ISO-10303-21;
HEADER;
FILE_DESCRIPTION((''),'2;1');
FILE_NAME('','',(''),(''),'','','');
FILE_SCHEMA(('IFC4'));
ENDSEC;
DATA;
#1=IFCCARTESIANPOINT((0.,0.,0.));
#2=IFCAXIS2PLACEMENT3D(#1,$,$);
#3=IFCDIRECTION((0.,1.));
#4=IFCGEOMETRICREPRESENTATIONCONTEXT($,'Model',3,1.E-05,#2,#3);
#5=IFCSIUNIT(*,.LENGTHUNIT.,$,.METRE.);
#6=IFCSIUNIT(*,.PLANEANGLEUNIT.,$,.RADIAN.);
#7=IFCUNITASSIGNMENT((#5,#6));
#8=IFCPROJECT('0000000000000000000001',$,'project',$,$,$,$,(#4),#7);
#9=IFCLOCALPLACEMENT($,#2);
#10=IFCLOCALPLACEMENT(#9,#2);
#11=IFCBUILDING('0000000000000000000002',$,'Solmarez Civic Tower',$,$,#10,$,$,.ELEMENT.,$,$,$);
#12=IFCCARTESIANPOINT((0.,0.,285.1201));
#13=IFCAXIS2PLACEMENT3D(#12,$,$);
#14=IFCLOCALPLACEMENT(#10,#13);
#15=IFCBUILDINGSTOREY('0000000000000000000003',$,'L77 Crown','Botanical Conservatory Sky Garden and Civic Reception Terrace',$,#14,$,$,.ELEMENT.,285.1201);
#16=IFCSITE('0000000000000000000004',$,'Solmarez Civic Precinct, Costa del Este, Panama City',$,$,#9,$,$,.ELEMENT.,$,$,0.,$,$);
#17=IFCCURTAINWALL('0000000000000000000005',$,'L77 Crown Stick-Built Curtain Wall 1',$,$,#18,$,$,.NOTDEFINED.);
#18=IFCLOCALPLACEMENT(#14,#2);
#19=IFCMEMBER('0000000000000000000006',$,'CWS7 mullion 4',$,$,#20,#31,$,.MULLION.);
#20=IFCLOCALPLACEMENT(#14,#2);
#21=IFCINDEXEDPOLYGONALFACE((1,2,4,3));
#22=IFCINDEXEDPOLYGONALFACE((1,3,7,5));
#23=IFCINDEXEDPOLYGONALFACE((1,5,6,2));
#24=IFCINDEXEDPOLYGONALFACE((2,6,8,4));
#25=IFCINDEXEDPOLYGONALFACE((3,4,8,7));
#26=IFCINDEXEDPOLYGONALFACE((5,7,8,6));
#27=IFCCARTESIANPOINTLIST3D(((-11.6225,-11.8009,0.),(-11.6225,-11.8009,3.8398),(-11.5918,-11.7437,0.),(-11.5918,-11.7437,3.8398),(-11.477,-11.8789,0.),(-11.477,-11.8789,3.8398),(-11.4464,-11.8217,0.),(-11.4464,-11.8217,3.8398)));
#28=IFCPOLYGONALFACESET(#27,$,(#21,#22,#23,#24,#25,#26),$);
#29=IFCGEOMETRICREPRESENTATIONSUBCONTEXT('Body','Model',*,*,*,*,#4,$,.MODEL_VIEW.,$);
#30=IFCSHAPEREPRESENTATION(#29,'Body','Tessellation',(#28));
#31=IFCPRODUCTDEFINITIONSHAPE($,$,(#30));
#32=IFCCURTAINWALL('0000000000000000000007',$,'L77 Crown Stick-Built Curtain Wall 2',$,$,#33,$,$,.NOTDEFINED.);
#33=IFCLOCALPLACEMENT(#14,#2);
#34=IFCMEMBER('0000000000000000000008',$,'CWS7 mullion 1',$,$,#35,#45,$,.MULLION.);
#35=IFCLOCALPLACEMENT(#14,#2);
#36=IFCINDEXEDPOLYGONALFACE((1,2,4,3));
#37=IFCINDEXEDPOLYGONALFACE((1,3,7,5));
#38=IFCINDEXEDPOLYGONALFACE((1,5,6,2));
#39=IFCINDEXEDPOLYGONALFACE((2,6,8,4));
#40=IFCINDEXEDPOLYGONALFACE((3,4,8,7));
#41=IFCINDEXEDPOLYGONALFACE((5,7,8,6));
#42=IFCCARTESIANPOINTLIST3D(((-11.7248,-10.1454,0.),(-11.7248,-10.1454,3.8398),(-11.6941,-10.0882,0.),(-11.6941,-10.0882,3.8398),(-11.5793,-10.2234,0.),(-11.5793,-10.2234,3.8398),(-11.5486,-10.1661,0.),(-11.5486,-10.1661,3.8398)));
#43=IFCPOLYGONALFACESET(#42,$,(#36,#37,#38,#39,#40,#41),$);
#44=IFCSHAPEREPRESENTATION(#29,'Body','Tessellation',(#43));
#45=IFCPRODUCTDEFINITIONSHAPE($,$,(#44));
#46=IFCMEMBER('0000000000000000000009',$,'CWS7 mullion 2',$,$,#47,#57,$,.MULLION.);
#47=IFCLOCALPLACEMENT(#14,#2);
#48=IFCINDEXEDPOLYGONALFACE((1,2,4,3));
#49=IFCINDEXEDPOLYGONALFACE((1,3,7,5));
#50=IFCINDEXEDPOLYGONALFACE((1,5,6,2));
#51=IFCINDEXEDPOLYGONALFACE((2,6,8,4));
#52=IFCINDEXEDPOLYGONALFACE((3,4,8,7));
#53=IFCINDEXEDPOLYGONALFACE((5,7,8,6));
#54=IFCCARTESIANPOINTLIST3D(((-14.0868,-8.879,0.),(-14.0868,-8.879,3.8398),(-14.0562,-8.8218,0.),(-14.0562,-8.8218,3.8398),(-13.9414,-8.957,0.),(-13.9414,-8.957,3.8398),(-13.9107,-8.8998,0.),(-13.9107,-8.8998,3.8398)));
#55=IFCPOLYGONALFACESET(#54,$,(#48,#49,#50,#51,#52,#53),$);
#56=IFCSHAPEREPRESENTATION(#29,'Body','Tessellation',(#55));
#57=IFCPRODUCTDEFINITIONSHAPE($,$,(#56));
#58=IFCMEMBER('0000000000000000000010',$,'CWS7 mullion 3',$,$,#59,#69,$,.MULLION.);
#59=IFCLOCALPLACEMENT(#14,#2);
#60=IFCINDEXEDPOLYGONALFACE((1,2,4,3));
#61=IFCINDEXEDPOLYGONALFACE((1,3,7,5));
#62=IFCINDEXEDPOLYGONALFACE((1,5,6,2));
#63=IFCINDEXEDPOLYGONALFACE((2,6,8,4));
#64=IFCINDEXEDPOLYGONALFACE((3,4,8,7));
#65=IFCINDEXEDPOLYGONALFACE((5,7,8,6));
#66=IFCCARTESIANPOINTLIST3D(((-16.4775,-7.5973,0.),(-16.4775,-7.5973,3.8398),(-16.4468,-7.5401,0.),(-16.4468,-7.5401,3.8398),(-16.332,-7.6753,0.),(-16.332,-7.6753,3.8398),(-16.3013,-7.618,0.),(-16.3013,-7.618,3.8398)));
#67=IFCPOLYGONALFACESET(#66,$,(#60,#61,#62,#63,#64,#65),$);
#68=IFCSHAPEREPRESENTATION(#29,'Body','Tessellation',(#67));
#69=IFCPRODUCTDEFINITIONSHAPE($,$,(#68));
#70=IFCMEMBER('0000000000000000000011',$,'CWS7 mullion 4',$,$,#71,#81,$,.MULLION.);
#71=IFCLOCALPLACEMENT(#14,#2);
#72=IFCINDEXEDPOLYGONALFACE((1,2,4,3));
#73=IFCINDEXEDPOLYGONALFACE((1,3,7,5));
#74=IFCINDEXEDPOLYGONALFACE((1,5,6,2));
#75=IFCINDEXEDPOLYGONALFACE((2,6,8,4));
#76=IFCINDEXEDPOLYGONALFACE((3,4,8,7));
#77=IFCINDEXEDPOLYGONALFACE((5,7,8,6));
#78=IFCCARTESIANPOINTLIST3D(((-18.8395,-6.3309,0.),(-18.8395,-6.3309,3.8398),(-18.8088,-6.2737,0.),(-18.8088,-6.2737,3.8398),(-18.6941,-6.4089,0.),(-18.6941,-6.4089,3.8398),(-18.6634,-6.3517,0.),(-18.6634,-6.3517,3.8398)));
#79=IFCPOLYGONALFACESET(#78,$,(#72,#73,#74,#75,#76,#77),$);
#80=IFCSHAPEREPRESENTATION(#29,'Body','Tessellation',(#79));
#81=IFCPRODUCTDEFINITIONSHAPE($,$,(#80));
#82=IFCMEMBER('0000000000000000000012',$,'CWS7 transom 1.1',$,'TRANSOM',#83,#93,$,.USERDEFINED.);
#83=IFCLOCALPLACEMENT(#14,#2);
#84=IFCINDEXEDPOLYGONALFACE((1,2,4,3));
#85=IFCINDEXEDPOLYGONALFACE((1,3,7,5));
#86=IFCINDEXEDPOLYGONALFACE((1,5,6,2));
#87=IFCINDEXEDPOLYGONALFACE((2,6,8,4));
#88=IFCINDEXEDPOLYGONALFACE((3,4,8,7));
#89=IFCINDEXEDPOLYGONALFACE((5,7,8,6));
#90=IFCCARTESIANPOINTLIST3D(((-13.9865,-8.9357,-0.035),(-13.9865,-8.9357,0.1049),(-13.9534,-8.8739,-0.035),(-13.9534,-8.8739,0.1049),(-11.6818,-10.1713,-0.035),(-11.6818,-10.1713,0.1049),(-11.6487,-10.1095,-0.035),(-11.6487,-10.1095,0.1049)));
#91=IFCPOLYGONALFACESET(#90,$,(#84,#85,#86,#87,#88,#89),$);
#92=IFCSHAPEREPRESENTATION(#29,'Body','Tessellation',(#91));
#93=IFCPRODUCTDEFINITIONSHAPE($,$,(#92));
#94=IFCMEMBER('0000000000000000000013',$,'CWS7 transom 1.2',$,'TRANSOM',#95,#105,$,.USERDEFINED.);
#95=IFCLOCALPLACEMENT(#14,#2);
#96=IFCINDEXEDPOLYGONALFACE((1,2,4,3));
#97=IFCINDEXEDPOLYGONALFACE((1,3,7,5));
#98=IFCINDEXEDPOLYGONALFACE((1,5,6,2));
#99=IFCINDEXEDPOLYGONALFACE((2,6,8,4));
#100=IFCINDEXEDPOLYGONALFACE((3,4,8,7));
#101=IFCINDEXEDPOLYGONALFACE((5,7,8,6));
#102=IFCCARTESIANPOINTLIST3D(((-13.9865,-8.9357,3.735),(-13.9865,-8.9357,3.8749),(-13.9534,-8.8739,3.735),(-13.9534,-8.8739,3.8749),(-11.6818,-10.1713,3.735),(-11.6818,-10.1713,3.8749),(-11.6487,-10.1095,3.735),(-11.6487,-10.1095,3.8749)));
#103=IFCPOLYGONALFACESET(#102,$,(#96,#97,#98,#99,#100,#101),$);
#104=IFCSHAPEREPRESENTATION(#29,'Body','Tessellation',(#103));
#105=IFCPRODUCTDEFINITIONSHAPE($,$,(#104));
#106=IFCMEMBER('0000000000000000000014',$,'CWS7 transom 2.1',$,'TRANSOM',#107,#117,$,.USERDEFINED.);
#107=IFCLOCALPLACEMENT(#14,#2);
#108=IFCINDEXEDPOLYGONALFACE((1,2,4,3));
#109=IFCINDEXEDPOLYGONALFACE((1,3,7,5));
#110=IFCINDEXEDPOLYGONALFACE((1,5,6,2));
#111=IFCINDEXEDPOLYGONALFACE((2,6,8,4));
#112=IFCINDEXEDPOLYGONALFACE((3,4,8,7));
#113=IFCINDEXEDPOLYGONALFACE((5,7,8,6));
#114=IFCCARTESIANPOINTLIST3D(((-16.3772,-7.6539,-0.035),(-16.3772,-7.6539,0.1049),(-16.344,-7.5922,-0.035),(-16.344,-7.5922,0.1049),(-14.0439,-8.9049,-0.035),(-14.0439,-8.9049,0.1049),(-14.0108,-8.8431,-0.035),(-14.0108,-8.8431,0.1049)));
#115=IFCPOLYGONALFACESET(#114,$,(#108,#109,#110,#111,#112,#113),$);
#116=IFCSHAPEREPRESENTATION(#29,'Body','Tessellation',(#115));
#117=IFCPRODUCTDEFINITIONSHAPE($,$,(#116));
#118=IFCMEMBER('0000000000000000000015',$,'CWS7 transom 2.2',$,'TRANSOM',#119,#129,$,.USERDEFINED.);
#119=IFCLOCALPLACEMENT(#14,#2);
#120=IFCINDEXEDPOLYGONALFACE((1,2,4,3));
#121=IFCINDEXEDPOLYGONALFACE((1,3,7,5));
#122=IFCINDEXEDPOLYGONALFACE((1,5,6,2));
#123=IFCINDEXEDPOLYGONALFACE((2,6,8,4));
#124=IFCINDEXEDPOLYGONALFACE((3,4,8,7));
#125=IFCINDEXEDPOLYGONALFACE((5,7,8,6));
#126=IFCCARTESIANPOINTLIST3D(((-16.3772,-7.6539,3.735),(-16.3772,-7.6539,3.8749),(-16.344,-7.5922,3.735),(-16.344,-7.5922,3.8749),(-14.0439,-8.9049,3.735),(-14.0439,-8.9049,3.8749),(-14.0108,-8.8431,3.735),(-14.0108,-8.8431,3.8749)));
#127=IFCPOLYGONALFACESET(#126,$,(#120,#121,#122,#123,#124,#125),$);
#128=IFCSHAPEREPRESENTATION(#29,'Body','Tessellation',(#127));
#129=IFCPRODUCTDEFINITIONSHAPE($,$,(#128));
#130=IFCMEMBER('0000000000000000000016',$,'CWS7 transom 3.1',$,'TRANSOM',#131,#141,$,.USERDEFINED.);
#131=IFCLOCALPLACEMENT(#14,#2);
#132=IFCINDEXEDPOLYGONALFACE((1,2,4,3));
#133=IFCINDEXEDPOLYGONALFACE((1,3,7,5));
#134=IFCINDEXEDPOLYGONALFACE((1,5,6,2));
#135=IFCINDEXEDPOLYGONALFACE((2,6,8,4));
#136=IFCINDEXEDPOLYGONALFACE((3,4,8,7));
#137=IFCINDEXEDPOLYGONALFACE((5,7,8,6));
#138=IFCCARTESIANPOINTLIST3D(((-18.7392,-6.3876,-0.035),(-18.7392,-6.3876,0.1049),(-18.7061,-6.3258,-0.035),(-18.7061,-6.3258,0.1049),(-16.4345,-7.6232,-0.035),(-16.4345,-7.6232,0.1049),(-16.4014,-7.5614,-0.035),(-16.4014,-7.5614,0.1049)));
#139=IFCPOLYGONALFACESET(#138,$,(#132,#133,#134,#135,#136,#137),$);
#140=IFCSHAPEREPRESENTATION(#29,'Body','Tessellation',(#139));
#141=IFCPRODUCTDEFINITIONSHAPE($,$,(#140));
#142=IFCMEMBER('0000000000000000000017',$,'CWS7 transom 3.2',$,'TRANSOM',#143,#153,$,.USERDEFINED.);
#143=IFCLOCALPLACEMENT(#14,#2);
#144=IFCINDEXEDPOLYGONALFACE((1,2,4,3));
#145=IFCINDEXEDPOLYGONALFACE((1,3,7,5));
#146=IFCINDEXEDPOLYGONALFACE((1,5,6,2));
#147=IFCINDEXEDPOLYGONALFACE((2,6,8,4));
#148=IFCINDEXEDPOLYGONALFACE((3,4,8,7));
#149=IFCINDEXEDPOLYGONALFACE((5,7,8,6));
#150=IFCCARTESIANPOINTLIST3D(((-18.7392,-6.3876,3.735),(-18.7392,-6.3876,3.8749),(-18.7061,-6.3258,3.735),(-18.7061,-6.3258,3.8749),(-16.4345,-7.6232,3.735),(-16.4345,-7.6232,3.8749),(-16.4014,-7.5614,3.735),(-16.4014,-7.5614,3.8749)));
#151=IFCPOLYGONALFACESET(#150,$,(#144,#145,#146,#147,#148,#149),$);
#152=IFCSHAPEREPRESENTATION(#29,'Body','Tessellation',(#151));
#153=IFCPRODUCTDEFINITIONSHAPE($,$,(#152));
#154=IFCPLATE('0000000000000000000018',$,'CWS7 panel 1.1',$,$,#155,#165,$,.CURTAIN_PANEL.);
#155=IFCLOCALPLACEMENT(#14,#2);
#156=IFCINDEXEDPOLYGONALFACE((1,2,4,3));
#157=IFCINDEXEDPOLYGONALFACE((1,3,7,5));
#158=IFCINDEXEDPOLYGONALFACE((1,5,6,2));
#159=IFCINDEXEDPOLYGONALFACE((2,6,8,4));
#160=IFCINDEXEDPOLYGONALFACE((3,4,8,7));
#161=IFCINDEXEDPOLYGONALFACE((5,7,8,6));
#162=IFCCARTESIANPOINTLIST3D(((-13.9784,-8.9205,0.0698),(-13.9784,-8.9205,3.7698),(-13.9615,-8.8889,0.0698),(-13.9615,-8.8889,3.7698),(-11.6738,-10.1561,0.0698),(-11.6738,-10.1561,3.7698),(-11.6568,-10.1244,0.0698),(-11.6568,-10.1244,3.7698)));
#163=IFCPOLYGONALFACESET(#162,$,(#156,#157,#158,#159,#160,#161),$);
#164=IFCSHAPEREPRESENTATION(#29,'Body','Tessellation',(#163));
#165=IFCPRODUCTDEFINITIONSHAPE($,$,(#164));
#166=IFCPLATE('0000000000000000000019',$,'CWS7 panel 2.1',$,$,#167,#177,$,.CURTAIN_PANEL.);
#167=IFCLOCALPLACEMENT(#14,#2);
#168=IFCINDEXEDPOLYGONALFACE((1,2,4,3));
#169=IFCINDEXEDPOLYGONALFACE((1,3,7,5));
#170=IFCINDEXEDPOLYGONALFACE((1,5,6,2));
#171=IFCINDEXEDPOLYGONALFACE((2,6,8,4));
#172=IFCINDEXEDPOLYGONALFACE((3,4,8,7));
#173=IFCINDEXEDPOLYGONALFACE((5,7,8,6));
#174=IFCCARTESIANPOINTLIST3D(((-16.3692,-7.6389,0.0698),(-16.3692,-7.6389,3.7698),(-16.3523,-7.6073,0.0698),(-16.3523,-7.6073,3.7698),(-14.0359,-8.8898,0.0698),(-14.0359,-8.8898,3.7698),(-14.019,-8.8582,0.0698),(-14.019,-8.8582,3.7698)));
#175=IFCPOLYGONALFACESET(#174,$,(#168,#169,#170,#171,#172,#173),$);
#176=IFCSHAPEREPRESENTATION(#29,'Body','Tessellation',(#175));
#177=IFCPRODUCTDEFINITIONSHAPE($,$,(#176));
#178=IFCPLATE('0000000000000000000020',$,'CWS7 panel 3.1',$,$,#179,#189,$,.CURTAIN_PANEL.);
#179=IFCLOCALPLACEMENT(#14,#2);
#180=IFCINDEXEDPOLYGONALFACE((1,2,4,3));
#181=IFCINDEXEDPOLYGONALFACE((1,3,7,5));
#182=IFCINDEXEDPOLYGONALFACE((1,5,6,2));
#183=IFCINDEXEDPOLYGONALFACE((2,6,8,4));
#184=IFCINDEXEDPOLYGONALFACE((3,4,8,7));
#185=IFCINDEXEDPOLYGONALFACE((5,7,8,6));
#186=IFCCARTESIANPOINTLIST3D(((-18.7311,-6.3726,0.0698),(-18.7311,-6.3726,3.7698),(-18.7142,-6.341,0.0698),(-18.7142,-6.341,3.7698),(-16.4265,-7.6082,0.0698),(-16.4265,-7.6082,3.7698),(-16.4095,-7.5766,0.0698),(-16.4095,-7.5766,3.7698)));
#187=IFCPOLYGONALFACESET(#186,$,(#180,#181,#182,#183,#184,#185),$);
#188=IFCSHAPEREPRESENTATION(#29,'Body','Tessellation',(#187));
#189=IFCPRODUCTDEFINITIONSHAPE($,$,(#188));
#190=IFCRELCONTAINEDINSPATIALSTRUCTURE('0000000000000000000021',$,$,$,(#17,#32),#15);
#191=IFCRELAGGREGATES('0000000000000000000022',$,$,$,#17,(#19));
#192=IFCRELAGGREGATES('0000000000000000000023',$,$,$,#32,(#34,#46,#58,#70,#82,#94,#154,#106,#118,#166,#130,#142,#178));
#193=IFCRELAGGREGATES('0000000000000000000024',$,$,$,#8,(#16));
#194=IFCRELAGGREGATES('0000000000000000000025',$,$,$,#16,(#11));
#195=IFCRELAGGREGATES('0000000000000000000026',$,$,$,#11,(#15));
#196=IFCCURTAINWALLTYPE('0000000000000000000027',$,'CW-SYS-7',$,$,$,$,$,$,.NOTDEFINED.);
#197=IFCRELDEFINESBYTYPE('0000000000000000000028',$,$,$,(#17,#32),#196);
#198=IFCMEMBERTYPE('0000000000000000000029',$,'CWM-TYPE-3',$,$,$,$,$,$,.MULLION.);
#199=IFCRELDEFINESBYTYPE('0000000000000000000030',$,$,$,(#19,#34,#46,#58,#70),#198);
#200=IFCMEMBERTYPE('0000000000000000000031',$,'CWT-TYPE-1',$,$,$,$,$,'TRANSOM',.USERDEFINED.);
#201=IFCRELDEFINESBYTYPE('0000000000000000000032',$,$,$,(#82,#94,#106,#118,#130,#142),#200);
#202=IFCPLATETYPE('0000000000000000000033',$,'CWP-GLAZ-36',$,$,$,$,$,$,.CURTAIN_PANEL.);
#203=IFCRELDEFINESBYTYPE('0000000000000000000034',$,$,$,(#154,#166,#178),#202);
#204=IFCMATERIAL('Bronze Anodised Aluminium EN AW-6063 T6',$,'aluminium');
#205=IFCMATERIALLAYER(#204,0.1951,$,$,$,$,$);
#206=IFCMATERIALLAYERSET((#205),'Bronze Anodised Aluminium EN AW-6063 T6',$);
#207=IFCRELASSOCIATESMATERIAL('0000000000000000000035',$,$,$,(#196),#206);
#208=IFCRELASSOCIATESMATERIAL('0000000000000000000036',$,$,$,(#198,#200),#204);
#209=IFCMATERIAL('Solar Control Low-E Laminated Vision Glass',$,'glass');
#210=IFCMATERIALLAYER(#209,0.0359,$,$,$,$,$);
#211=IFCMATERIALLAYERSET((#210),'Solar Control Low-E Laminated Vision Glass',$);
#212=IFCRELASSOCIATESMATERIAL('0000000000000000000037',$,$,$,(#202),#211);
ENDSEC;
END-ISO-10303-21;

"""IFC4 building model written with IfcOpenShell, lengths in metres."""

from ifc_helpers import new_model, si_unit, direction, frame, origin, origin_2d, place, context, subcontext, project, spatial, rectangle, extrude, material, layer, layer_set, material_profile, profile_set, type_object, element, aggregate, save


model = new_model("IFC4")

# Units and contexts
model_context = context("Model", 3, precision=1e-05, world=origin(), true_north=direction((0.0, 1.0)))
body_context = subcontext(model_context, "Body", "Model", "MODEL_VIEW")
ifc_project = project(units=[si_unit("LENGTHUNIT", "METRE"), si_unit("PLANEANGLEUNIT", "RADIAN")], contexts=[model_context])

# Site, building, storey
site_placement = place(None, origin())
site = spatial("IfcSite", under=ifc_project, at=site_placement, Name="Solmarez Civic Precinct, Costa del Este, Panama City", CompositionType="ELEMENT", RefElevation=0.0)
building_placement = place(site_placement, origin())
building = spatial("IfcBuilding", under=site, at=building_placement, Name="Solmarez Civic Tower", CompositionType="ELEMENT")
storey_placement = place(building_placement, frame((0.0, 0.0, 285.1201)))
storey = spatial("IfcBuildingStorey", under=building, at=storey_placement, Name="L77 Crown", Description="Botanical Conservatory Sky Garden and Civic Reception Terrace", CompositionType="ELEMENT", Elevation=285.1201)

# Curtain wall, member
ifc_material_1 = material(Name="Bronze Anodised Aluminium EN AW-6063 T6", Category="aluminium")
ifc_layer_1 = layer(ifc_material_1, 0.1951)
ifc_layer_set_1 = layer_set([ifc_layer_1], Name="Bronze Anodised Aluminium EN AW-6063 T6")
curtain_wall_type = type_object("IfcCurtainWallType", Name="CW-SYS-7", PredefinedType="NOTDEFINED", material=ifc_layer_set_1)
curtain_wall_1_placement = place(storey_placement, origin())
curtain_wall_1 = element("IfcCurtainWall", 1, at=curtain_wall_1_placement, inside=storey, type_object=curtain_wall_type, Name="L77 Crown Stick-Built Curtain Wall 1", PredefinedType="NOTDEFINED")
ifc_material_profile_1 = material_profile(ifc_material_1, rectangle(XDim=0.0649, YDim=0.165, at=origin_2d()), Name="CWM-65X165")
ifc_profile_set_1 = profile_set([ifc_material_profile_1], Name="Bronze Anodised Aluminium EN AW-6063 T6")
member_type_1 = type_object("IfcMemberType", Name="CWM-TYPE-3", PredefinedType="MULLION", material=ifc_profile_set_1)
member_1_placement = place(storey_placement, frame((-11.5344, -11.8113, 0.0), z_axis=(0.0, 0.0, 1.0), x_axis=(-0.472549, -0.881304, 0.0)))
member_1 = element("IfcMember", 2, at=member_1_placement, type_object=member_type_1, Name="CWS7 mullion 4", PredefinedType="MULLION", context=body_context, shape_type="SweptSolid", body=[
    extrude(rectangle(XDim=0.0649, YDim=0.165, at=origin_2d()), origin(), (0.0, 0.0, 1.0), 3.8398),
])
aggregate(curtain_wall_1, [member_1])

# Curtain wall, members, plates
curtain_wall_2_placement = place(storey_placement, origin())
curtain_wall_2 = element("IfcCurtainWall", 3, at=curtain_wall_2_placement, inside=storey, type_object=curtain_wall_type, Name="L77 Crown Stick-Built Curtain Wall 2", PredefinedType="NOTDEFINED")
member_2_placement = place(storey_placement, frame((-11.6367, -10.1558, 0.0), z_axis=(0.0, 0.0, 1.0), x_axis=(-0.472494, -0.881334, 0.0)))
member_2 = element("IfcMember", 4, at=member_2_placement, type_object=member_type_1, Name="CWS7 mullion 1", PredefinedType="MULLION", context=body_context, shape_type="SweptSolid", body=[
    extrude(rectangle(XDim=0.0649, YDim=0.165, at=origin_2d()), origin(), (0.0, 0.0, 1.0), 3.8398),
])
member_3_placement = place(storey_placement, frame((-13.9988, -8.8894, 0.0), z_axis=(0.0, 0.0, 1.0), x_axis=(-0.472494, -0.881334, 0.0)))
member_3 = element("IfcMember", 5, at=member_3_placement, type_object=member_type_1, Name="CWS7 mullion 2", PredefinedType="MULLION", context=body_context, shape_type="SweptSolid", body=[
    extrude(rectangle(XDim=0.0649, YDim=0.165, at=origin_2d()), origin(), (0.0, 0.0, 1.0), 3.8398),
])
member_4_placement = place(storey_placement, frame((-16.3894, -7.6077, 0.0), z_axis=(0.0, 0.0, 1.0), x_axis=(-0.472494, -0.881334, 0.0)))
member_4 = element("IfcMember", 6, at=member_4_placement, type_object=member_type_1, Name="CWS7 mullion 3", PredefinedType="MULLION", context=body_context, shape_type="SweptSolid", body=[
    extrude(rectangle(XDim=0.0649, YDim=0.165, at=origin_2d()), origin(), (0.0, 0.0, 1.0), 3.8398),
])
member_5_placement = place(storey_placement, frame((-18.7515, -6.3413, 0.0), z_axis=(0.0, 0.0, 1.0), x_axis=(-0.472494, -0.881334, 0.0)))
member_5 = element("IfcMember", 7, at=member_5_placement, type_object=member_type_1, Name="CWS7 mullion 4", PredefinedType="MULLION", context=body_context, shape_type="SweptSolid", body=[
    extrude(rectangle(XDim=0.0649, YDim=0.165, at=origin_2d()), origin(), (0.0, 0.0, 1.0), 3.8398),
])
ifc_material_profile_2 = material_profile(ifc_material_1, rectangle(XDim=0.0701, YDim=0.1399, at=origin_2d()), Name="CWT-70X140")
ifc_profile_set_2 = profile_set([ifc_material_profile_2], Name="Bronze Anodised Aluminium EN AW-6063 T6")
member_type_2 = type_object("IfcMemberType", Name="CWT-TYPE-1", ElementType="TRANSOM", PredefinedType="USERDEFINED", material=ifc_profile_set_2)
member_6_placement = place(storey_placement, frame((-11.6653, -10.1404, 0.0349), z_axis=(-0.88133, 0.472501, 0.0), x_axis=(-0.472501, -0.88133, 0.0)))
member_6 = element("IfcMember", 8, at=member_6_placement, type_object=member_type_2, Name="CWS7 transom 1.1", ObjectType="TRANSOM", PredefinedType="USERDEFINED", context=body_context, shape_type="SweptSolid", body=[
    extrude(rectangle(XDim=0.0701, YDim=0.1399, at=origin_2d()), origin(), (0.0, 0.0, 1.0), 2.615),
])
member_7_placement = place(storey_placement, frame((-11.6653, -10.1404, 3.8049), z_axis=(-0.88133, 0.472501, 0.0), x_axis=(-0.472501, -0.88133, 0.0)))
member_7 = element("IfcMember", 9, at=member_7_placement, type_object=member_type_2, Name="CWS7 transom 1.2", ObjectType="TRANSOM", PredefinedType="USERDEFINED", context=body_context, shape_type="SweptSolid", body=[
    extrude(rectangle(XDim=0.0701, YDim=0.1399, at=origin_2d()), origin(), (0.0, 0.0, 1.0), 2.615),
])
member_8_placement = place(storey_placement, frame((-14.0273, -8.874, 0.0349), z_axis=(-0.88132, 0.472521, 0.0), x_axis=(-0.472521, -0.88132, 0.0)))
member_8 = element("IfcMember", 10, at=member_8_placement, type_object=member_type_2, Name="CWS7 transom 2.1", ObjectType="TRANSOM", PredefinedType="USERDEFINED", context=body_context, shape_type="SweptSolid", body=[
    extrude(rectangle(XDim=0.0701, YDim=0.1399, at=origin_2d()), origin(), (0.0, 0.0, 1.0), 2.6475),
])
member_9_placement = place(storey_placement, frame((-14.0273, -8.874, 3.8049), z_axis=(-0.88132, 0.472521, 0.0), x_axis=(-0.472521, -0.88132, 0.0)))
member_9 = element("IfcMember", 11, at=member_9_placement, type_object=member_type_2, Name="CWS7 transom 2.2", ObjectType="TRANSOM", PredefinedType="USERDEFINED", context=body_context, shape_type="SweptSolid", body=[
    extrude(rectangle(XDim=0.0701, YDim=0.1399, at=origin_2d()), origin(), (0.0, 0.0, 1.0), 2.6475),
])
member_10_placement = place(storey_placement, frame((-16.418, -7.5923, 0.0349), z_axis=(-0.88133, 0.472501, 0.0), x_axis=(-0.472501, -0.88133, 0.0)))
member_10 = element("IfcMember", 12, at=member_10_placement, type_object=member_type_2, Name="CWS7 transom 3.1", ObjectType="TRANSOM", PredefinedType="USERDEFINED", context=body_context, shape_type="SweptSolid", body=[
    extrude(rectangle(XDim=0.0701, YDim=0.1399, at=origin_2d()), origin(), (0.0, 0.0, 1.0), 2.615),
])
member_11_placement = place(storey_placement, frame((-16.418, -7.5923, 3.8049), z_axis=(-0.88133, 0.472501, 0.0), x_axis=(-0.472501, -0.88133, 0.0)))
member_11 = element("IfcMember", 13, at=member_11_placement, type_object=member_type_2, Name="CWS7 transom 3.2", ObjectType="TRANSOM", PredefinedType="USERDEFINED", context=body_context, shape_type="SweptSolid", body=[
    extrude(rectangle(XDim=0.0701, YDim=0.1399, at=origin_2d()), origin(), (0.0, 0.0, 1.0), 2.615),
])
ifc_material_2 = material(Name="Solar Control Low-E Laminated Vision Glass", Category="glass")
ifc_layer_2 = layer(ifc_material_2, 0.0359)
ifc_layer_set_2 = layer_set([ifc_layer_2], Name="Solar Control Low-E Laminated Vision Glass")
plate_type = type_object("IfcPlateType", Name="CWP-GLAZ-36", PredefinedType="CURTAIN_PANEL", material=ifc_layer_set_2)
plate_1_placement = place(storey_placement, frame((-12.8176, -9.5225, 0.0698), z_axis=(0.0, 0.0, 1.0), x_axis=(-0.881334, 0.472494, 0.0)))
plate_1 = element("IfcPlate", 14, at=plate_1_placement, type_object=plate_type, Name="CWS7 panel 1.1", PredefinedType="CURTAIN_PANEL", context=body_context, shape_type="SweptSolid", body=[
    extrude(rectangle(XDim=2.615, YDim=0.0359, at=origin_2d()), origin(), (0.0, 0.0, 1.0), 3.7),
])
plate_2_placement = place(storey_placement, frame((-15.1941, -8.2485, 0.0698), z_axis=(0.0, 0.0, 1.0), x_axis=(-0.881334, 0.472494, 0.0)))
plate_2 = element("IfcPlate", 15, at=plate_2_placement, type_object=plate_type, Name="CWS7 panel 2.1", PredefinedType="CURTAIN_PANEL", context=body_context, shape_type="SweptSolid", body=[
    extrude(rectangle(XDim=2.6475, YDim=0.0359, at=origin_2d()), origin(), (0.0, 0.0, 1.0), 3.7),
])
plate_3_placement = place(storey_placement, frame((-17.5703, -6.9746, 0.0698), z_axis=(0.0, 0.0, 1.0), x_axis=(-0.881334, 0.472494, 0.0)))
plate_3 = element("IfcPlate", 16, at=plate_3_placement, type_object=plate_type, Name="CWS7 panel 3.1", PredefinedType="CURTAIN_PANEL", context=body_context, shape_type="SweptSolid", body=[
    extrude(rectangle(XDim=2.615, YDim=0.0359, at=origin_2d()), origin(), (0.0, 0.0, 1.0), 3.7),
])
aggregate(curtain_wall_2, [member_2, member_3, member_4, member_5, member_6, member_7, plate_1, member_8, member_9, plate_2, member_10, member_11, plate_3])

save(model, "model.ifc")
